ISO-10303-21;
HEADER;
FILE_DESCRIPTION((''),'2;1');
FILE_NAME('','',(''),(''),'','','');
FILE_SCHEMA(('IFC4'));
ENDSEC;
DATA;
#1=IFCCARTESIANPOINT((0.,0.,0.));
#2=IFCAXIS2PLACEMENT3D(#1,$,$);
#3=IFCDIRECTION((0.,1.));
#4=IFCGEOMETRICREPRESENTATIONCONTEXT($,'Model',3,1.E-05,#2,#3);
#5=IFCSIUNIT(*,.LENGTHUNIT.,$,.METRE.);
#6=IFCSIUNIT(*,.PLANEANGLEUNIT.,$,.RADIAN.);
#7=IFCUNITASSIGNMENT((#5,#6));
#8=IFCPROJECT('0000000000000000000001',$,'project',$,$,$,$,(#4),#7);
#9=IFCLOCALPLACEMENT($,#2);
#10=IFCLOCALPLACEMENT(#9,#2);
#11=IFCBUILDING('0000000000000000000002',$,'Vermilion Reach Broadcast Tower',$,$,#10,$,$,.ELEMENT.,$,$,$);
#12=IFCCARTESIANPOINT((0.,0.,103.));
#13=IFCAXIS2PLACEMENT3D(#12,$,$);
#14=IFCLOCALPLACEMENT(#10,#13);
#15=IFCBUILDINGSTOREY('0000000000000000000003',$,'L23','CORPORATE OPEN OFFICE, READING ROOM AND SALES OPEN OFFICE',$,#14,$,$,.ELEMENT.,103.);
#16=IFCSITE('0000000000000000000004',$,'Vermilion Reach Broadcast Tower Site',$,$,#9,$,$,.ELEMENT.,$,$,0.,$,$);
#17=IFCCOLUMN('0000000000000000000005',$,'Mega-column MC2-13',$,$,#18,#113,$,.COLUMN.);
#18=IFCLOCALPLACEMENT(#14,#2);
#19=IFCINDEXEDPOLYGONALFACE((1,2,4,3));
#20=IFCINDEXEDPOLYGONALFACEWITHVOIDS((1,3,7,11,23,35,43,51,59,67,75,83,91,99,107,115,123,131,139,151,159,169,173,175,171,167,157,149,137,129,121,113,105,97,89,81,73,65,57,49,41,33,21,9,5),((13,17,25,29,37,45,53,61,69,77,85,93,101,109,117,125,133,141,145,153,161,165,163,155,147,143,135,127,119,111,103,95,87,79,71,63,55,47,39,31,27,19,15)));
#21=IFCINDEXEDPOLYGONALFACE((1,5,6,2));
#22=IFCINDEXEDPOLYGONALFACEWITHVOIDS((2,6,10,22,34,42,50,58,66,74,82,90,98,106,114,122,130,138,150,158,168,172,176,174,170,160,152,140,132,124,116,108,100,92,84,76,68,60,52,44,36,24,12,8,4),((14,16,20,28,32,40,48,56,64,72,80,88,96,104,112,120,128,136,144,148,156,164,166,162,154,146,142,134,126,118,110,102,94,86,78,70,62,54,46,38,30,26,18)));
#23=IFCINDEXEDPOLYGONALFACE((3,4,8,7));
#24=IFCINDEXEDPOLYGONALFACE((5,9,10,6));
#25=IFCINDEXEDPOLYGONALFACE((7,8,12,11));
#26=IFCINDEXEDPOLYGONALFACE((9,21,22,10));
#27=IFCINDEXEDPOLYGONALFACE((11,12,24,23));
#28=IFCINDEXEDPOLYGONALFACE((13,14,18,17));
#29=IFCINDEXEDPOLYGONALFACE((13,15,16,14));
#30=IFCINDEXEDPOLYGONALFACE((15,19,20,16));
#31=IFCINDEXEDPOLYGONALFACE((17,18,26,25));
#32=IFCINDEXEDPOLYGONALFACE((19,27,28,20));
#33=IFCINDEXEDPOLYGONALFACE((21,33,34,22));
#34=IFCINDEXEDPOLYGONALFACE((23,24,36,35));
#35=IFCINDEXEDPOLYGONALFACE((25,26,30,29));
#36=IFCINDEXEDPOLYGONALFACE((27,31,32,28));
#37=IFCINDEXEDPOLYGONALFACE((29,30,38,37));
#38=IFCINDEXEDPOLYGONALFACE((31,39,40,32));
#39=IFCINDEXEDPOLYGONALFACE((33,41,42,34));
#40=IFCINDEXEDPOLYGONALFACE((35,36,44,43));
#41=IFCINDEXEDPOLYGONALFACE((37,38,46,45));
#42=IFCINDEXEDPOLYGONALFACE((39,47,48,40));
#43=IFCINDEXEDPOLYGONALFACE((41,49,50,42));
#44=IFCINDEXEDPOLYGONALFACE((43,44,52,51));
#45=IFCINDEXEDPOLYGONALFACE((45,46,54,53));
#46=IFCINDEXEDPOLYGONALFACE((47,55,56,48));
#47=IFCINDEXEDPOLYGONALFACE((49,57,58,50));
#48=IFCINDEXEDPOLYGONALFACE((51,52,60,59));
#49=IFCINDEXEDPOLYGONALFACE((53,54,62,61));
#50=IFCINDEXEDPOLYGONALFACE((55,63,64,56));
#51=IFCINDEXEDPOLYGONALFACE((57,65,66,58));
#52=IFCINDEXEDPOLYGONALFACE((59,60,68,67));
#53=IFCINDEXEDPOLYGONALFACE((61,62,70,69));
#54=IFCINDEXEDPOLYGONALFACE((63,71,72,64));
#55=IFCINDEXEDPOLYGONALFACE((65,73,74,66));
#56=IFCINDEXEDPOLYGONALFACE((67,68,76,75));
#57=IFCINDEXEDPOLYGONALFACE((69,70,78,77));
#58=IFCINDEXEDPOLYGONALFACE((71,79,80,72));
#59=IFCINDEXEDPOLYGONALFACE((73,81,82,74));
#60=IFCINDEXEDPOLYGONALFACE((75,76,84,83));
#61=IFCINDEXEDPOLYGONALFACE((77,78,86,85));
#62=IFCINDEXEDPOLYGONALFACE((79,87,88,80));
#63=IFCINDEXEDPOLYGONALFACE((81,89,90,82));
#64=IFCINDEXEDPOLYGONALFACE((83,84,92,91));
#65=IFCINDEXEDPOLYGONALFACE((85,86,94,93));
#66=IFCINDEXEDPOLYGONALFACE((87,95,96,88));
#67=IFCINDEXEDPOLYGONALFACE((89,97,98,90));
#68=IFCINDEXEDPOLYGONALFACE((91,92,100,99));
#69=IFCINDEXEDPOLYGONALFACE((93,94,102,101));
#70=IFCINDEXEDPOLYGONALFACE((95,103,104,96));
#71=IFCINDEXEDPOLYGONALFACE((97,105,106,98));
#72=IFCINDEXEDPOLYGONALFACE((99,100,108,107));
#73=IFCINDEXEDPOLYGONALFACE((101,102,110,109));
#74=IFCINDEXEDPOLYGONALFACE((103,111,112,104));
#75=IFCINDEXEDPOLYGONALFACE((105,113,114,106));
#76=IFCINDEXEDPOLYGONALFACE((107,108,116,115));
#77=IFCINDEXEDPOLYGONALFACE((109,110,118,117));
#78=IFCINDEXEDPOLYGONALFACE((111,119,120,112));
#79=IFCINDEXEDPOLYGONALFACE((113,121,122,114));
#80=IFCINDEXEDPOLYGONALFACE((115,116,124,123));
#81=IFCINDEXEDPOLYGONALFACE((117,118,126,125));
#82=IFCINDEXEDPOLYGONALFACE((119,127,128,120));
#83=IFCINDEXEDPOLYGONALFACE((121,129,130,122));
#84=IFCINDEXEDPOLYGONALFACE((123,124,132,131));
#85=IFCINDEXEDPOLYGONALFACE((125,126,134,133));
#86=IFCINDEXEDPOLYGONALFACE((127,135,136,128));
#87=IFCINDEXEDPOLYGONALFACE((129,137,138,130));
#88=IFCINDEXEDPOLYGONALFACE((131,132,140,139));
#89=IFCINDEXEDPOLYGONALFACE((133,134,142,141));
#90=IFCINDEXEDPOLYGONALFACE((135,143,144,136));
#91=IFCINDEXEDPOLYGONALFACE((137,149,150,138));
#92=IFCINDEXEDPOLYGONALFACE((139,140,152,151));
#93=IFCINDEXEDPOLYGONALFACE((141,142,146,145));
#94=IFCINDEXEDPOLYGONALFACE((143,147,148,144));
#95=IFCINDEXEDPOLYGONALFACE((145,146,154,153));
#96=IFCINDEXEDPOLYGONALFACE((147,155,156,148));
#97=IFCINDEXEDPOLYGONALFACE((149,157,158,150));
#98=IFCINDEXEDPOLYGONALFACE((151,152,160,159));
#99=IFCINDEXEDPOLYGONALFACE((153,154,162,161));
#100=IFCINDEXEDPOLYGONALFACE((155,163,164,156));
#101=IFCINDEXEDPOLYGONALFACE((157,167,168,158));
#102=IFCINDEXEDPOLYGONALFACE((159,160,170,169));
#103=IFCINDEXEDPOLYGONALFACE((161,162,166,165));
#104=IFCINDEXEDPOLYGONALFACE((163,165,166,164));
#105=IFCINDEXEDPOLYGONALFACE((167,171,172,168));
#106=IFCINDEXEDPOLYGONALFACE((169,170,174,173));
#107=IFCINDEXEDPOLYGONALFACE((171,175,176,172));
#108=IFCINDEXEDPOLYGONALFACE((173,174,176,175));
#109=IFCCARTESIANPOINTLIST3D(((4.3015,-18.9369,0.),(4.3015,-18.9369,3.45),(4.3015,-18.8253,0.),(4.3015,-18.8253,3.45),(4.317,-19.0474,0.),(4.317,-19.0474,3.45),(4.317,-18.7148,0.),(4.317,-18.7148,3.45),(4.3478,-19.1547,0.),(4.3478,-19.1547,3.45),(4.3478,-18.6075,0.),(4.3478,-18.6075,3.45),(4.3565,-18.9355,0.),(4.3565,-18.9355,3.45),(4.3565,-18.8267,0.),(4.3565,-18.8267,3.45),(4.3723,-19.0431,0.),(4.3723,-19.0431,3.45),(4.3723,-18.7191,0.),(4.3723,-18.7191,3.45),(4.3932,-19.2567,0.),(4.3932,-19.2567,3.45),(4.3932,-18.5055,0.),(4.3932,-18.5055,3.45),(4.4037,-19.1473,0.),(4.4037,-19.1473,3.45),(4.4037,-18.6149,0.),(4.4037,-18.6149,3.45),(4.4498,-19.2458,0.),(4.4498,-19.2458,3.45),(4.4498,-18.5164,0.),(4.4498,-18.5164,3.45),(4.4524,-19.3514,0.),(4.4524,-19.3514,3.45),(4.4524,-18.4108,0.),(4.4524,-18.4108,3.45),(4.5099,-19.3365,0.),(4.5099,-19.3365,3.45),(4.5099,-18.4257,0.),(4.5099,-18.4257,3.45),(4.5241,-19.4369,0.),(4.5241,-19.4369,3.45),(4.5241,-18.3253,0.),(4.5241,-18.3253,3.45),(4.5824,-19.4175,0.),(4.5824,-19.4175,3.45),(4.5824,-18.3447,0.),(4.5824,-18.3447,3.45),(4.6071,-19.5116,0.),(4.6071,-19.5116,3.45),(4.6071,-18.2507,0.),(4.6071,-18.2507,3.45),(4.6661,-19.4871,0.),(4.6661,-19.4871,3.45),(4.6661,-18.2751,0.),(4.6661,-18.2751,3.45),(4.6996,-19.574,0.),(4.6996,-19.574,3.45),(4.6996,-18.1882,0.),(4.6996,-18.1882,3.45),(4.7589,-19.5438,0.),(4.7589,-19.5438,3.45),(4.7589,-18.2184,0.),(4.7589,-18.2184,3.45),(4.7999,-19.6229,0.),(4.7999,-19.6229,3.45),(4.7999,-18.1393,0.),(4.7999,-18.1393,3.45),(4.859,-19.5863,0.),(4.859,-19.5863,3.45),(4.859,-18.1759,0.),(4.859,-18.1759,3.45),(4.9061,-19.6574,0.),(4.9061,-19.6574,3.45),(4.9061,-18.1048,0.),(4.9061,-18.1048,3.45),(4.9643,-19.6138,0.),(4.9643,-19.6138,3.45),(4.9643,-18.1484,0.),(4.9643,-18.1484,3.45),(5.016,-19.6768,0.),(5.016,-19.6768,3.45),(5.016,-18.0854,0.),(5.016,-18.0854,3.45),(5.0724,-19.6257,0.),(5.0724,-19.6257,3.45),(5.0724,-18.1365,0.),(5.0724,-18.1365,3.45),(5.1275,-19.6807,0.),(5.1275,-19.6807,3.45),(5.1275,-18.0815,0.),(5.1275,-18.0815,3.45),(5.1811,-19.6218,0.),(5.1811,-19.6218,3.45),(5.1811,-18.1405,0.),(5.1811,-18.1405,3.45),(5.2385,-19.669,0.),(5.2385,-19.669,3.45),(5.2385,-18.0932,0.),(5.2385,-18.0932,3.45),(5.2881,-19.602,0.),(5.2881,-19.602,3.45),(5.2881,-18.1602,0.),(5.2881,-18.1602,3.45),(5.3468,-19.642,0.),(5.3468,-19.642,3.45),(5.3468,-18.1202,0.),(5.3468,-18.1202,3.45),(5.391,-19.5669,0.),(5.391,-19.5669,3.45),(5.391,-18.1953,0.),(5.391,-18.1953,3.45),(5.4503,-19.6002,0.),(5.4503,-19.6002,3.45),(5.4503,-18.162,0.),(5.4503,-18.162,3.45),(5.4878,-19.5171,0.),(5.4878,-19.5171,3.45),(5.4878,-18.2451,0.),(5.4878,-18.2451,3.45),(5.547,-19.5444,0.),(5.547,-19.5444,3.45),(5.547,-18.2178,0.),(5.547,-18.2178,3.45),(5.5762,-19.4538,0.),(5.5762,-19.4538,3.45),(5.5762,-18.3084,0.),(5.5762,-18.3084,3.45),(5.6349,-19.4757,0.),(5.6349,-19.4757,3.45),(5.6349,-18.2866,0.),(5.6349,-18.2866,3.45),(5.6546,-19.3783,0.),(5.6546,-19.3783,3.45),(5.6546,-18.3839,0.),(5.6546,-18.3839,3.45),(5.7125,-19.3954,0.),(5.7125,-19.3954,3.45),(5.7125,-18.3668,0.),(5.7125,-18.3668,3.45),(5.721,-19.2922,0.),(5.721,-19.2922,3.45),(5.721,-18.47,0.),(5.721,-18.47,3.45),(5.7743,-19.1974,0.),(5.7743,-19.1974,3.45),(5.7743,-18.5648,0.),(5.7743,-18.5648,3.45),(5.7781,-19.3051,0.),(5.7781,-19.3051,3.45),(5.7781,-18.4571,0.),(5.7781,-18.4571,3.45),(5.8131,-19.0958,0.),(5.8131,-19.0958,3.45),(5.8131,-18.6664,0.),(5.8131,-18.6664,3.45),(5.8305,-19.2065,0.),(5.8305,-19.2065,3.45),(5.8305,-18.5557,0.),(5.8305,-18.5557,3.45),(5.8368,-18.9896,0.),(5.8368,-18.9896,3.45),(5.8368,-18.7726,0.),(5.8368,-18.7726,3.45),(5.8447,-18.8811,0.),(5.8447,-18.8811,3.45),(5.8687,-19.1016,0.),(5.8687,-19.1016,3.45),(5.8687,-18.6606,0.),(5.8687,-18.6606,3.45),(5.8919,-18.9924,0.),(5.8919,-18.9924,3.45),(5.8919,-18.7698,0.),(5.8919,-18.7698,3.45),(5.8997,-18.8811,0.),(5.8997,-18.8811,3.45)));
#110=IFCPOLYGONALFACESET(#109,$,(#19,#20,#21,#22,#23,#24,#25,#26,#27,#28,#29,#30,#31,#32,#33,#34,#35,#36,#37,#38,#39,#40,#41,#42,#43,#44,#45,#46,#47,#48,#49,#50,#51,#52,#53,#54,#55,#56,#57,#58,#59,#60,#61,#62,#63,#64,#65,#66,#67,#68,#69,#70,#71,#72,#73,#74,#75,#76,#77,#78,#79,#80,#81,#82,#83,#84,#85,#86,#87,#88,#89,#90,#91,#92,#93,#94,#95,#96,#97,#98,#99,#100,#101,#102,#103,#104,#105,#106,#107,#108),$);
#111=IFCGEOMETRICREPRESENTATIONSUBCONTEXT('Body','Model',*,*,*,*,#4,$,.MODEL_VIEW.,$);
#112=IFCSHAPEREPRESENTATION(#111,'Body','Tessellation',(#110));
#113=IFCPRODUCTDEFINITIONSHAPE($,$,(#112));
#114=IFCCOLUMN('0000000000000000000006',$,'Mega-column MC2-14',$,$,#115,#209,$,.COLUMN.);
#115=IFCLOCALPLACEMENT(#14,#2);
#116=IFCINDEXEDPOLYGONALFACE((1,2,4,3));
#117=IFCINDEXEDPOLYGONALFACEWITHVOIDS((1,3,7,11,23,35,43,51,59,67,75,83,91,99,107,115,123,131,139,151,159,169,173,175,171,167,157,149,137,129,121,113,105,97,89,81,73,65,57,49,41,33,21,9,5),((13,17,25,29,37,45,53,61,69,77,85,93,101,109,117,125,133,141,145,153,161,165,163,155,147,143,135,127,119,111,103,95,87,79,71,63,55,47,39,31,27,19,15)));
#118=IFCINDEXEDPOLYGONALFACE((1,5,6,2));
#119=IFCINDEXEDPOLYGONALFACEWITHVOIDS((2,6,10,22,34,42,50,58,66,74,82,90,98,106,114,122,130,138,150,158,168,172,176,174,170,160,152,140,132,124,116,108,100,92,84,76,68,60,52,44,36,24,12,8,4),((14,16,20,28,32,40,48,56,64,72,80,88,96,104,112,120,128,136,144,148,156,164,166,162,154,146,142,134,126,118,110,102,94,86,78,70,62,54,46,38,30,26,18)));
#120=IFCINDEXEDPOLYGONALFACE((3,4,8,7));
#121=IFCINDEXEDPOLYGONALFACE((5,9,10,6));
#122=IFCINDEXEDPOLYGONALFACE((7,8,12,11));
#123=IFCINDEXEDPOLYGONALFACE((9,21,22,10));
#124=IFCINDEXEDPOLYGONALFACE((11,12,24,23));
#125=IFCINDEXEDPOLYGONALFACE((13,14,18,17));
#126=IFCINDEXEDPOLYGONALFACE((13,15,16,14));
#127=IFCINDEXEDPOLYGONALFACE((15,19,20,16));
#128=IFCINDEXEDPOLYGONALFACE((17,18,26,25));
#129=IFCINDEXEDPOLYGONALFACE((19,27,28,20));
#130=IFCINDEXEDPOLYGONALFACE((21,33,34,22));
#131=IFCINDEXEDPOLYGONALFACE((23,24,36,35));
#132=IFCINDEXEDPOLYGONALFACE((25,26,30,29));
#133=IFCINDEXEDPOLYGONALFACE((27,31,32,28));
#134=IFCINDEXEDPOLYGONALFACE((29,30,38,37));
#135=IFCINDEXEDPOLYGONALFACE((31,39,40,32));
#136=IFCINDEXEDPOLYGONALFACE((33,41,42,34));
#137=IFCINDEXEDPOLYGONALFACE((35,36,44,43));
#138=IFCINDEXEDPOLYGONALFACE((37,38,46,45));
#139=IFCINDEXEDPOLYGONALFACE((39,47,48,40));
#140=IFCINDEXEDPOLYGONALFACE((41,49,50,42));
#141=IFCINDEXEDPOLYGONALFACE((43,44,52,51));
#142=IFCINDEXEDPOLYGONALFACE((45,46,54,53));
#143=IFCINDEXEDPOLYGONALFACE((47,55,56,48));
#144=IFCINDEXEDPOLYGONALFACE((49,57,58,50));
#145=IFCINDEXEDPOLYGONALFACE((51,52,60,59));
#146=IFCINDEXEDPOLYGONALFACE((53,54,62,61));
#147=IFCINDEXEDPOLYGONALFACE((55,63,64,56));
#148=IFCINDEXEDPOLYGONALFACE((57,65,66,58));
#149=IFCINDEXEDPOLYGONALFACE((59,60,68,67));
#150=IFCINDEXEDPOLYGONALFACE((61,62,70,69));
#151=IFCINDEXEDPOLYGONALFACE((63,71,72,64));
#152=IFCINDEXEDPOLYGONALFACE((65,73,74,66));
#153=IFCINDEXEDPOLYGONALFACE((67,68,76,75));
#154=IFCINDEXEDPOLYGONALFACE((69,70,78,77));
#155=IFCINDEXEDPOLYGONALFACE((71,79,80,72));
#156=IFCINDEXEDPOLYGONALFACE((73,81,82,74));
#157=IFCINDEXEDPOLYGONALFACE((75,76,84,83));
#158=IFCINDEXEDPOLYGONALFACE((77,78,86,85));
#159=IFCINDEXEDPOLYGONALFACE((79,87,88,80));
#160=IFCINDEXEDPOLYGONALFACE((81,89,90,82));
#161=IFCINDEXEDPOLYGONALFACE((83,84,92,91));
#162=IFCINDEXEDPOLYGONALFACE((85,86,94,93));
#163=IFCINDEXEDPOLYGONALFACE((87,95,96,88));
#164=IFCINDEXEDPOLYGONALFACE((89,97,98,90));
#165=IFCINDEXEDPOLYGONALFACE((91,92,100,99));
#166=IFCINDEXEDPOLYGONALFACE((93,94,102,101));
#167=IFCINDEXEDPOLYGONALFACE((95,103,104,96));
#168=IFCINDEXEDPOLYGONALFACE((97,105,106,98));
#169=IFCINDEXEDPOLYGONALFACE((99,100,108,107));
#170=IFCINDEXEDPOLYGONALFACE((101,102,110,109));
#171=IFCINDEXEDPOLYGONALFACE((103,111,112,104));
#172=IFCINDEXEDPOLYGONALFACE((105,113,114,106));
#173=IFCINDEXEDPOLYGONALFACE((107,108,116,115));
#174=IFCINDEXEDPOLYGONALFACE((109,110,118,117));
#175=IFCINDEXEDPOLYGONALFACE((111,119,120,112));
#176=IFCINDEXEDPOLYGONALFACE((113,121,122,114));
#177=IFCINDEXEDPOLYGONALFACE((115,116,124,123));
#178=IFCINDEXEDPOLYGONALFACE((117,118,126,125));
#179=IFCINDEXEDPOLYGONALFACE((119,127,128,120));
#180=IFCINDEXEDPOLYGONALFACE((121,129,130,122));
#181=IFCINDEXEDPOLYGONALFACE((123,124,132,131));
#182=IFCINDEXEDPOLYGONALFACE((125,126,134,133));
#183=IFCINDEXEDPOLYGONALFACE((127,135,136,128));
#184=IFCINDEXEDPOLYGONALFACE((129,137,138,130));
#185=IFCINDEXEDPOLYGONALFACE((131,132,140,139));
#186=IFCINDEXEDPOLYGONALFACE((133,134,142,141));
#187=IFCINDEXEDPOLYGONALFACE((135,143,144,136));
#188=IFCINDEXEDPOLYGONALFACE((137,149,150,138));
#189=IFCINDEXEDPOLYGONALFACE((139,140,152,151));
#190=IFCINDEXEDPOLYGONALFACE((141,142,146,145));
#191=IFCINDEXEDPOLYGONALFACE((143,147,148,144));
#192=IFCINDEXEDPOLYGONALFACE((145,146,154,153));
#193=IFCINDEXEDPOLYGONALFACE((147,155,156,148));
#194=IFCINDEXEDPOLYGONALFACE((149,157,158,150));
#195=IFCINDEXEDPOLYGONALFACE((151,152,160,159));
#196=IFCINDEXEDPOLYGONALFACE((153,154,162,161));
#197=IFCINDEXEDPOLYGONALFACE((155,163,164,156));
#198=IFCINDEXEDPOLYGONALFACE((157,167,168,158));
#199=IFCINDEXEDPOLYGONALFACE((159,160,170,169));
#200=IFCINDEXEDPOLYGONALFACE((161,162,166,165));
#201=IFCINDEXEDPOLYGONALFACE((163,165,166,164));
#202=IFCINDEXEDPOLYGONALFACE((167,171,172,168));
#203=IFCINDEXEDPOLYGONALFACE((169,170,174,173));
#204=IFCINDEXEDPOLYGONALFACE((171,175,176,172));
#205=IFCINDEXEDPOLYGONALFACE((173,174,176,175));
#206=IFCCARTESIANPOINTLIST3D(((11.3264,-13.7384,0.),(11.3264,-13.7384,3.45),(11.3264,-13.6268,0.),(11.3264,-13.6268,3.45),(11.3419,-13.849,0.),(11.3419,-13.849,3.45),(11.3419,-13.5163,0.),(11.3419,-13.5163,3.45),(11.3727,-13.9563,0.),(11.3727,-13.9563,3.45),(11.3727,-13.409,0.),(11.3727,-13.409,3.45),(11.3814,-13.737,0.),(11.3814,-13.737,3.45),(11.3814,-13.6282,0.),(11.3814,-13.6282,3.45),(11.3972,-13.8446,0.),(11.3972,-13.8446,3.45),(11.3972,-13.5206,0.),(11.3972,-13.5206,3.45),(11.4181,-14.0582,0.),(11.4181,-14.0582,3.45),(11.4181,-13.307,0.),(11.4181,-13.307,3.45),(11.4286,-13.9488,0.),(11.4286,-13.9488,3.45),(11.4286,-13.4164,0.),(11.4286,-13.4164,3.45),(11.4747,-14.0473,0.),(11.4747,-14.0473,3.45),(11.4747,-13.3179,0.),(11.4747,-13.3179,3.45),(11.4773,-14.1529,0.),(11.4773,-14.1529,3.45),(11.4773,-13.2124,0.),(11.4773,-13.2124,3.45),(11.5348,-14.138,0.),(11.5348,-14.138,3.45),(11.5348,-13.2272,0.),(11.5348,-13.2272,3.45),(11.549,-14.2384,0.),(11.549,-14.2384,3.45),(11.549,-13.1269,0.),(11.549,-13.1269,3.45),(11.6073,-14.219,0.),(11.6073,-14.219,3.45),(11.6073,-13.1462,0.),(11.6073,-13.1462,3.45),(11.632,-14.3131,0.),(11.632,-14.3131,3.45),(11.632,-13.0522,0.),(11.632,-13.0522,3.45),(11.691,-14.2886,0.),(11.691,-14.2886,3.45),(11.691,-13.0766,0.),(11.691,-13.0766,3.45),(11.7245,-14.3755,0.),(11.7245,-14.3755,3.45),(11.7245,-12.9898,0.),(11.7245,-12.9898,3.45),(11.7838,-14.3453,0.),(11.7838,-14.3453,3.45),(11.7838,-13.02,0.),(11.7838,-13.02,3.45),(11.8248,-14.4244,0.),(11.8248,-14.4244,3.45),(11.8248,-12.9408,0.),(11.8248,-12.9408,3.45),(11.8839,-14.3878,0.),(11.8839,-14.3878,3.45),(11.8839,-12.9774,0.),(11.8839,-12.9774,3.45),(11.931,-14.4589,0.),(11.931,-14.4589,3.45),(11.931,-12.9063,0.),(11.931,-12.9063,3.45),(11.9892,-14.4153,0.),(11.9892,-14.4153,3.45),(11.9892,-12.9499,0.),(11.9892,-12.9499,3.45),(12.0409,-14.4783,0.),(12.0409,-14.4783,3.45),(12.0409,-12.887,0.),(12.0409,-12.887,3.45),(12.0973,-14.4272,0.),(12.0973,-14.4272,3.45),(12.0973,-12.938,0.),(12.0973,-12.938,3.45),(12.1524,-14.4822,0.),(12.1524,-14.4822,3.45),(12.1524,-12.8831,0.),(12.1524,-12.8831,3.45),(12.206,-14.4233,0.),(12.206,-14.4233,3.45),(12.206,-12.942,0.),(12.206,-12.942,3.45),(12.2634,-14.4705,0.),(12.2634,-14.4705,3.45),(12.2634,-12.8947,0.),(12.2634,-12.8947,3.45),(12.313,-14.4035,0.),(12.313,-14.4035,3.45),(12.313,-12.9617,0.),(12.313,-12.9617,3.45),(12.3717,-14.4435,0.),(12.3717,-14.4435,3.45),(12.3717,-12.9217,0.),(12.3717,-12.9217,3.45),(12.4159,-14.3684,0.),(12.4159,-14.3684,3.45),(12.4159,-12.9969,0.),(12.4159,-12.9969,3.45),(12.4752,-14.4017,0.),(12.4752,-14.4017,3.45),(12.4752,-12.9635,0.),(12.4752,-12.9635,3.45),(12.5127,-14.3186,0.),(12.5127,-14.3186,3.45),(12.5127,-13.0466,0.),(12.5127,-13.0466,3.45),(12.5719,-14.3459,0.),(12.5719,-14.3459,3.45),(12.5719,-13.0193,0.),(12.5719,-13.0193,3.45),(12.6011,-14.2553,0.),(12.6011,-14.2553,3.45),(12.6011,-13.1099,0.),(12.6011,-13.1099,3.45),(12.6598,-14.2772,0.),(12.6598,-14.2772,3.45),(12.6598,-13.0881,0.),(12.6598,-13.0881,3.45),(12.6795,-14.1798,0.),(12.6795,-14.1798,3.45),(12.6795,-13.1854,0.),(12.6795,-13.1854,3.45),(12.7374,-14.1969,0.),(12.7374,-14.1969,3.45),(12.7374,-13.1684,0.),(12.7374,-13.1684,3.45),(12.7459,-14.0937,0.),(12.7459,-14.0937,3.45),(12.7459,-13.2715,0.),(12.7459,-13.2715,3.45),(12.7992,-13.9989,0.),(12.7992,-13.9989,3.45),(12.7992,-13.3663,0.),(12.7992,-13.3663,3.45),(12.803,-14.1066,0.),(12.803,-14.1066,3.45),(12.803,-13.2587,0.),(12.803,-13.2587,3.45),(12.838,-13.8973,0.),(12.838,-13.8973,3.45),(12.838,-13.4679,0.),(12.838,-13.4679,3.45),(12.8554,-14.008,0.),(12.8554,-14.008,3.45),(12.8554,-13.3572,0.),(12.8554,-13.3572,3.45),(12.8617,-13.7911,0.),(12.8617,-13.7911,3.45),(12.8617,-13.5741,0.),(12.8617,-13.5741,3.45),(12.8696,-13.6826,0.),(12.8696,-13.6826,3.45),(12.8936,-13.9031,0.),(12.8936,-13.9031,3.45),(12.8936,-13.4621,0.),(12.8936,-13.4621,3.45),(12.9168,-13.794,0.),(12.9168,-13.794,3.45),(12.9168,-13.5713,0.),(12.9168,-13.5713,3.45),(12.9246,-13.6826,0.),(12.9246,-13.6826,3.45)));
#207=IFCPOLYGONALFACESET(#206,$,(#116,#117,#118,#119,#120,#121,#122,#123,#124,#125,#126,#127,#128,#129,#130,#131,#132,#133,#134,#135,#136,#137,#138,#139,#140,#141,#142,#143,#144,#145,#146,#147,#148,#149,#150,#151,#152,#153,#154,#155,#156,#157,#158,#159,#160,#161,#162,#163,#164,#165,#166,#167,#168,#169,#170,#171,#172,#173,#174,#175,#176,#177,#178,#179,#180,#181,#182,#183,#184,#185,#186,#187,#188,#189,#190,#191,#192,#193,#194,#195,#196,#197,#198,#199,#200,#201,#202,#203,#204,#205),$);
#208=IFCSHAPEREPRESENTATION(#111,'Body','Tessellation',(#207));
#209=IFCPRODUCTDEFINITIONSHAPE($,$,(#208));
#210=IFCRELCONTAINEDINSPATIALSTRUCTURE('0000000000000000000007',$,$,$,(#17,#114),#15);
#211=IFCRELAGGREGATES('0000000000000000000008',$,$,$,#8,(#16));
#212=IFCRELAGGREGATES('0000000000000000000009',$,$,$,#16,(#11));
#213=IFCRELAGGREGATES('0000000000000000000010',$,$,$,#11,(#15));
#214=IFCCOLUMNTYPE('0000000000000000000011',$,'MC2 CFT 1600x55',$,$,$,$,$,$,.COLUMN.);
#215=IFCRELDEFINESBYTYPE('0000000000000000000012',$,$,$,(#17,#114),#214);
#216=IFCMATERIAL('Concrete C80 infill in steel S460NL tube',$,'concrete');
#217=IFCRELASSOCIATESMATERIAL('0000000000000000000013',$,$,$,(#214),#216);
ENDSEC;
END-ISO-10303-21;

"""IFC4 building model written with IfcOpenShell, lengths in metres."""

from ifc_helpers import new_model, si_unit, direction, frame, origin, origin_2d, place, context, subcontext, project, spatial, hollow_circle, extrude, material, material_profile, profile_set, type_object, element, save


model = new_model("IFC4")

# Units and contexts
model_context = context("Model", 3, precision=1e-05, world=origin(), true_north=direction((0.0, 1.0)))
body_context = subcontext(model_context, "Body", "Model", "MODEL_VIEW")
ifc_project = project(units=[si_unit("LENGTHUNIT", "METRE"), si_unit("PLANEANGLEUNIT", "RADIAN")], contexts=[model_context])

# Site, building, storey
site_placement = place(None, origin())
site = spatial("IfcSite", under=ifc_project, at=site_placement, Name="Vermilion Reach Broadcast Tower Site", CompositionType="ELEMENT", RefElevation=0.0)
building_placement = place(site_placement, origin())
building = spatial("IfcBuilding", under=site, at=building_placement, Name="Vermilion Reach Broadcast Tower", CompositionType="ELEMENT")
storey_placement = place(building_placement, frame((0.0, 0.0, 103.0)))
storey = spatial("IfcBuildingStorey", under=building, at=storey_placement, Name="L23", Description="CORPORATE OPEN OFFICE, READING ROOM AND SALES OPEN OFFICE", CompositionType="ELEMENT", Elevation=103.0)

# Columns
ifc_material_1 = material(Name="Concrete C80 infill in steel S460NL tube", Category="concrete")
ifc_material_profile_1 = material_profile(ifc_material_1, hollow_circle(Radius=0.8, WallThickness=0.0549, at=origin_2d()), Name="Concrete C80 infill in steel S460NL tube CFT 1600x55")
ifc_profile_set_1 = profile_set([ifc_material_profile_1], Name="Concrete C80 infill in steel S460NL tube")
column_type = type_object("IfcColumnType", Name="MC2 CFT 1600x55", PredefinedType="COLUMN", material=ifc_profile_set_1)
for number, where, z_axis, x_axis, name in (
    (1, (5.0996, -18.8811, 0.0), (0.0, 0.0, 1.0), (1.0, 0.0, 0.0), "Mega-column MC2-13"),
    (2, (12.1245, -13.6826, 0.0), (0.0, 0.0, 1.0), (1.0, 0.0, 0.0), "Mega-column MC2-14"),
):
    element("IfcColumn", number, at=place(storey_placement, frame(where, z_axis=z_axis, x_axis=x_axis)), inside=storey, type_object=column_type, Name=name, PredefinedType="COLUMN", context=body_context, shape_type="SweptSolid", body=[
        extrude(hollow_circle(Radius=0.8, WallThickness=0.0549, at=origin_2d()), origin(), (0.0, 0.0, 1.0), 3.45),
    ])

save(model, "model.ifc")
